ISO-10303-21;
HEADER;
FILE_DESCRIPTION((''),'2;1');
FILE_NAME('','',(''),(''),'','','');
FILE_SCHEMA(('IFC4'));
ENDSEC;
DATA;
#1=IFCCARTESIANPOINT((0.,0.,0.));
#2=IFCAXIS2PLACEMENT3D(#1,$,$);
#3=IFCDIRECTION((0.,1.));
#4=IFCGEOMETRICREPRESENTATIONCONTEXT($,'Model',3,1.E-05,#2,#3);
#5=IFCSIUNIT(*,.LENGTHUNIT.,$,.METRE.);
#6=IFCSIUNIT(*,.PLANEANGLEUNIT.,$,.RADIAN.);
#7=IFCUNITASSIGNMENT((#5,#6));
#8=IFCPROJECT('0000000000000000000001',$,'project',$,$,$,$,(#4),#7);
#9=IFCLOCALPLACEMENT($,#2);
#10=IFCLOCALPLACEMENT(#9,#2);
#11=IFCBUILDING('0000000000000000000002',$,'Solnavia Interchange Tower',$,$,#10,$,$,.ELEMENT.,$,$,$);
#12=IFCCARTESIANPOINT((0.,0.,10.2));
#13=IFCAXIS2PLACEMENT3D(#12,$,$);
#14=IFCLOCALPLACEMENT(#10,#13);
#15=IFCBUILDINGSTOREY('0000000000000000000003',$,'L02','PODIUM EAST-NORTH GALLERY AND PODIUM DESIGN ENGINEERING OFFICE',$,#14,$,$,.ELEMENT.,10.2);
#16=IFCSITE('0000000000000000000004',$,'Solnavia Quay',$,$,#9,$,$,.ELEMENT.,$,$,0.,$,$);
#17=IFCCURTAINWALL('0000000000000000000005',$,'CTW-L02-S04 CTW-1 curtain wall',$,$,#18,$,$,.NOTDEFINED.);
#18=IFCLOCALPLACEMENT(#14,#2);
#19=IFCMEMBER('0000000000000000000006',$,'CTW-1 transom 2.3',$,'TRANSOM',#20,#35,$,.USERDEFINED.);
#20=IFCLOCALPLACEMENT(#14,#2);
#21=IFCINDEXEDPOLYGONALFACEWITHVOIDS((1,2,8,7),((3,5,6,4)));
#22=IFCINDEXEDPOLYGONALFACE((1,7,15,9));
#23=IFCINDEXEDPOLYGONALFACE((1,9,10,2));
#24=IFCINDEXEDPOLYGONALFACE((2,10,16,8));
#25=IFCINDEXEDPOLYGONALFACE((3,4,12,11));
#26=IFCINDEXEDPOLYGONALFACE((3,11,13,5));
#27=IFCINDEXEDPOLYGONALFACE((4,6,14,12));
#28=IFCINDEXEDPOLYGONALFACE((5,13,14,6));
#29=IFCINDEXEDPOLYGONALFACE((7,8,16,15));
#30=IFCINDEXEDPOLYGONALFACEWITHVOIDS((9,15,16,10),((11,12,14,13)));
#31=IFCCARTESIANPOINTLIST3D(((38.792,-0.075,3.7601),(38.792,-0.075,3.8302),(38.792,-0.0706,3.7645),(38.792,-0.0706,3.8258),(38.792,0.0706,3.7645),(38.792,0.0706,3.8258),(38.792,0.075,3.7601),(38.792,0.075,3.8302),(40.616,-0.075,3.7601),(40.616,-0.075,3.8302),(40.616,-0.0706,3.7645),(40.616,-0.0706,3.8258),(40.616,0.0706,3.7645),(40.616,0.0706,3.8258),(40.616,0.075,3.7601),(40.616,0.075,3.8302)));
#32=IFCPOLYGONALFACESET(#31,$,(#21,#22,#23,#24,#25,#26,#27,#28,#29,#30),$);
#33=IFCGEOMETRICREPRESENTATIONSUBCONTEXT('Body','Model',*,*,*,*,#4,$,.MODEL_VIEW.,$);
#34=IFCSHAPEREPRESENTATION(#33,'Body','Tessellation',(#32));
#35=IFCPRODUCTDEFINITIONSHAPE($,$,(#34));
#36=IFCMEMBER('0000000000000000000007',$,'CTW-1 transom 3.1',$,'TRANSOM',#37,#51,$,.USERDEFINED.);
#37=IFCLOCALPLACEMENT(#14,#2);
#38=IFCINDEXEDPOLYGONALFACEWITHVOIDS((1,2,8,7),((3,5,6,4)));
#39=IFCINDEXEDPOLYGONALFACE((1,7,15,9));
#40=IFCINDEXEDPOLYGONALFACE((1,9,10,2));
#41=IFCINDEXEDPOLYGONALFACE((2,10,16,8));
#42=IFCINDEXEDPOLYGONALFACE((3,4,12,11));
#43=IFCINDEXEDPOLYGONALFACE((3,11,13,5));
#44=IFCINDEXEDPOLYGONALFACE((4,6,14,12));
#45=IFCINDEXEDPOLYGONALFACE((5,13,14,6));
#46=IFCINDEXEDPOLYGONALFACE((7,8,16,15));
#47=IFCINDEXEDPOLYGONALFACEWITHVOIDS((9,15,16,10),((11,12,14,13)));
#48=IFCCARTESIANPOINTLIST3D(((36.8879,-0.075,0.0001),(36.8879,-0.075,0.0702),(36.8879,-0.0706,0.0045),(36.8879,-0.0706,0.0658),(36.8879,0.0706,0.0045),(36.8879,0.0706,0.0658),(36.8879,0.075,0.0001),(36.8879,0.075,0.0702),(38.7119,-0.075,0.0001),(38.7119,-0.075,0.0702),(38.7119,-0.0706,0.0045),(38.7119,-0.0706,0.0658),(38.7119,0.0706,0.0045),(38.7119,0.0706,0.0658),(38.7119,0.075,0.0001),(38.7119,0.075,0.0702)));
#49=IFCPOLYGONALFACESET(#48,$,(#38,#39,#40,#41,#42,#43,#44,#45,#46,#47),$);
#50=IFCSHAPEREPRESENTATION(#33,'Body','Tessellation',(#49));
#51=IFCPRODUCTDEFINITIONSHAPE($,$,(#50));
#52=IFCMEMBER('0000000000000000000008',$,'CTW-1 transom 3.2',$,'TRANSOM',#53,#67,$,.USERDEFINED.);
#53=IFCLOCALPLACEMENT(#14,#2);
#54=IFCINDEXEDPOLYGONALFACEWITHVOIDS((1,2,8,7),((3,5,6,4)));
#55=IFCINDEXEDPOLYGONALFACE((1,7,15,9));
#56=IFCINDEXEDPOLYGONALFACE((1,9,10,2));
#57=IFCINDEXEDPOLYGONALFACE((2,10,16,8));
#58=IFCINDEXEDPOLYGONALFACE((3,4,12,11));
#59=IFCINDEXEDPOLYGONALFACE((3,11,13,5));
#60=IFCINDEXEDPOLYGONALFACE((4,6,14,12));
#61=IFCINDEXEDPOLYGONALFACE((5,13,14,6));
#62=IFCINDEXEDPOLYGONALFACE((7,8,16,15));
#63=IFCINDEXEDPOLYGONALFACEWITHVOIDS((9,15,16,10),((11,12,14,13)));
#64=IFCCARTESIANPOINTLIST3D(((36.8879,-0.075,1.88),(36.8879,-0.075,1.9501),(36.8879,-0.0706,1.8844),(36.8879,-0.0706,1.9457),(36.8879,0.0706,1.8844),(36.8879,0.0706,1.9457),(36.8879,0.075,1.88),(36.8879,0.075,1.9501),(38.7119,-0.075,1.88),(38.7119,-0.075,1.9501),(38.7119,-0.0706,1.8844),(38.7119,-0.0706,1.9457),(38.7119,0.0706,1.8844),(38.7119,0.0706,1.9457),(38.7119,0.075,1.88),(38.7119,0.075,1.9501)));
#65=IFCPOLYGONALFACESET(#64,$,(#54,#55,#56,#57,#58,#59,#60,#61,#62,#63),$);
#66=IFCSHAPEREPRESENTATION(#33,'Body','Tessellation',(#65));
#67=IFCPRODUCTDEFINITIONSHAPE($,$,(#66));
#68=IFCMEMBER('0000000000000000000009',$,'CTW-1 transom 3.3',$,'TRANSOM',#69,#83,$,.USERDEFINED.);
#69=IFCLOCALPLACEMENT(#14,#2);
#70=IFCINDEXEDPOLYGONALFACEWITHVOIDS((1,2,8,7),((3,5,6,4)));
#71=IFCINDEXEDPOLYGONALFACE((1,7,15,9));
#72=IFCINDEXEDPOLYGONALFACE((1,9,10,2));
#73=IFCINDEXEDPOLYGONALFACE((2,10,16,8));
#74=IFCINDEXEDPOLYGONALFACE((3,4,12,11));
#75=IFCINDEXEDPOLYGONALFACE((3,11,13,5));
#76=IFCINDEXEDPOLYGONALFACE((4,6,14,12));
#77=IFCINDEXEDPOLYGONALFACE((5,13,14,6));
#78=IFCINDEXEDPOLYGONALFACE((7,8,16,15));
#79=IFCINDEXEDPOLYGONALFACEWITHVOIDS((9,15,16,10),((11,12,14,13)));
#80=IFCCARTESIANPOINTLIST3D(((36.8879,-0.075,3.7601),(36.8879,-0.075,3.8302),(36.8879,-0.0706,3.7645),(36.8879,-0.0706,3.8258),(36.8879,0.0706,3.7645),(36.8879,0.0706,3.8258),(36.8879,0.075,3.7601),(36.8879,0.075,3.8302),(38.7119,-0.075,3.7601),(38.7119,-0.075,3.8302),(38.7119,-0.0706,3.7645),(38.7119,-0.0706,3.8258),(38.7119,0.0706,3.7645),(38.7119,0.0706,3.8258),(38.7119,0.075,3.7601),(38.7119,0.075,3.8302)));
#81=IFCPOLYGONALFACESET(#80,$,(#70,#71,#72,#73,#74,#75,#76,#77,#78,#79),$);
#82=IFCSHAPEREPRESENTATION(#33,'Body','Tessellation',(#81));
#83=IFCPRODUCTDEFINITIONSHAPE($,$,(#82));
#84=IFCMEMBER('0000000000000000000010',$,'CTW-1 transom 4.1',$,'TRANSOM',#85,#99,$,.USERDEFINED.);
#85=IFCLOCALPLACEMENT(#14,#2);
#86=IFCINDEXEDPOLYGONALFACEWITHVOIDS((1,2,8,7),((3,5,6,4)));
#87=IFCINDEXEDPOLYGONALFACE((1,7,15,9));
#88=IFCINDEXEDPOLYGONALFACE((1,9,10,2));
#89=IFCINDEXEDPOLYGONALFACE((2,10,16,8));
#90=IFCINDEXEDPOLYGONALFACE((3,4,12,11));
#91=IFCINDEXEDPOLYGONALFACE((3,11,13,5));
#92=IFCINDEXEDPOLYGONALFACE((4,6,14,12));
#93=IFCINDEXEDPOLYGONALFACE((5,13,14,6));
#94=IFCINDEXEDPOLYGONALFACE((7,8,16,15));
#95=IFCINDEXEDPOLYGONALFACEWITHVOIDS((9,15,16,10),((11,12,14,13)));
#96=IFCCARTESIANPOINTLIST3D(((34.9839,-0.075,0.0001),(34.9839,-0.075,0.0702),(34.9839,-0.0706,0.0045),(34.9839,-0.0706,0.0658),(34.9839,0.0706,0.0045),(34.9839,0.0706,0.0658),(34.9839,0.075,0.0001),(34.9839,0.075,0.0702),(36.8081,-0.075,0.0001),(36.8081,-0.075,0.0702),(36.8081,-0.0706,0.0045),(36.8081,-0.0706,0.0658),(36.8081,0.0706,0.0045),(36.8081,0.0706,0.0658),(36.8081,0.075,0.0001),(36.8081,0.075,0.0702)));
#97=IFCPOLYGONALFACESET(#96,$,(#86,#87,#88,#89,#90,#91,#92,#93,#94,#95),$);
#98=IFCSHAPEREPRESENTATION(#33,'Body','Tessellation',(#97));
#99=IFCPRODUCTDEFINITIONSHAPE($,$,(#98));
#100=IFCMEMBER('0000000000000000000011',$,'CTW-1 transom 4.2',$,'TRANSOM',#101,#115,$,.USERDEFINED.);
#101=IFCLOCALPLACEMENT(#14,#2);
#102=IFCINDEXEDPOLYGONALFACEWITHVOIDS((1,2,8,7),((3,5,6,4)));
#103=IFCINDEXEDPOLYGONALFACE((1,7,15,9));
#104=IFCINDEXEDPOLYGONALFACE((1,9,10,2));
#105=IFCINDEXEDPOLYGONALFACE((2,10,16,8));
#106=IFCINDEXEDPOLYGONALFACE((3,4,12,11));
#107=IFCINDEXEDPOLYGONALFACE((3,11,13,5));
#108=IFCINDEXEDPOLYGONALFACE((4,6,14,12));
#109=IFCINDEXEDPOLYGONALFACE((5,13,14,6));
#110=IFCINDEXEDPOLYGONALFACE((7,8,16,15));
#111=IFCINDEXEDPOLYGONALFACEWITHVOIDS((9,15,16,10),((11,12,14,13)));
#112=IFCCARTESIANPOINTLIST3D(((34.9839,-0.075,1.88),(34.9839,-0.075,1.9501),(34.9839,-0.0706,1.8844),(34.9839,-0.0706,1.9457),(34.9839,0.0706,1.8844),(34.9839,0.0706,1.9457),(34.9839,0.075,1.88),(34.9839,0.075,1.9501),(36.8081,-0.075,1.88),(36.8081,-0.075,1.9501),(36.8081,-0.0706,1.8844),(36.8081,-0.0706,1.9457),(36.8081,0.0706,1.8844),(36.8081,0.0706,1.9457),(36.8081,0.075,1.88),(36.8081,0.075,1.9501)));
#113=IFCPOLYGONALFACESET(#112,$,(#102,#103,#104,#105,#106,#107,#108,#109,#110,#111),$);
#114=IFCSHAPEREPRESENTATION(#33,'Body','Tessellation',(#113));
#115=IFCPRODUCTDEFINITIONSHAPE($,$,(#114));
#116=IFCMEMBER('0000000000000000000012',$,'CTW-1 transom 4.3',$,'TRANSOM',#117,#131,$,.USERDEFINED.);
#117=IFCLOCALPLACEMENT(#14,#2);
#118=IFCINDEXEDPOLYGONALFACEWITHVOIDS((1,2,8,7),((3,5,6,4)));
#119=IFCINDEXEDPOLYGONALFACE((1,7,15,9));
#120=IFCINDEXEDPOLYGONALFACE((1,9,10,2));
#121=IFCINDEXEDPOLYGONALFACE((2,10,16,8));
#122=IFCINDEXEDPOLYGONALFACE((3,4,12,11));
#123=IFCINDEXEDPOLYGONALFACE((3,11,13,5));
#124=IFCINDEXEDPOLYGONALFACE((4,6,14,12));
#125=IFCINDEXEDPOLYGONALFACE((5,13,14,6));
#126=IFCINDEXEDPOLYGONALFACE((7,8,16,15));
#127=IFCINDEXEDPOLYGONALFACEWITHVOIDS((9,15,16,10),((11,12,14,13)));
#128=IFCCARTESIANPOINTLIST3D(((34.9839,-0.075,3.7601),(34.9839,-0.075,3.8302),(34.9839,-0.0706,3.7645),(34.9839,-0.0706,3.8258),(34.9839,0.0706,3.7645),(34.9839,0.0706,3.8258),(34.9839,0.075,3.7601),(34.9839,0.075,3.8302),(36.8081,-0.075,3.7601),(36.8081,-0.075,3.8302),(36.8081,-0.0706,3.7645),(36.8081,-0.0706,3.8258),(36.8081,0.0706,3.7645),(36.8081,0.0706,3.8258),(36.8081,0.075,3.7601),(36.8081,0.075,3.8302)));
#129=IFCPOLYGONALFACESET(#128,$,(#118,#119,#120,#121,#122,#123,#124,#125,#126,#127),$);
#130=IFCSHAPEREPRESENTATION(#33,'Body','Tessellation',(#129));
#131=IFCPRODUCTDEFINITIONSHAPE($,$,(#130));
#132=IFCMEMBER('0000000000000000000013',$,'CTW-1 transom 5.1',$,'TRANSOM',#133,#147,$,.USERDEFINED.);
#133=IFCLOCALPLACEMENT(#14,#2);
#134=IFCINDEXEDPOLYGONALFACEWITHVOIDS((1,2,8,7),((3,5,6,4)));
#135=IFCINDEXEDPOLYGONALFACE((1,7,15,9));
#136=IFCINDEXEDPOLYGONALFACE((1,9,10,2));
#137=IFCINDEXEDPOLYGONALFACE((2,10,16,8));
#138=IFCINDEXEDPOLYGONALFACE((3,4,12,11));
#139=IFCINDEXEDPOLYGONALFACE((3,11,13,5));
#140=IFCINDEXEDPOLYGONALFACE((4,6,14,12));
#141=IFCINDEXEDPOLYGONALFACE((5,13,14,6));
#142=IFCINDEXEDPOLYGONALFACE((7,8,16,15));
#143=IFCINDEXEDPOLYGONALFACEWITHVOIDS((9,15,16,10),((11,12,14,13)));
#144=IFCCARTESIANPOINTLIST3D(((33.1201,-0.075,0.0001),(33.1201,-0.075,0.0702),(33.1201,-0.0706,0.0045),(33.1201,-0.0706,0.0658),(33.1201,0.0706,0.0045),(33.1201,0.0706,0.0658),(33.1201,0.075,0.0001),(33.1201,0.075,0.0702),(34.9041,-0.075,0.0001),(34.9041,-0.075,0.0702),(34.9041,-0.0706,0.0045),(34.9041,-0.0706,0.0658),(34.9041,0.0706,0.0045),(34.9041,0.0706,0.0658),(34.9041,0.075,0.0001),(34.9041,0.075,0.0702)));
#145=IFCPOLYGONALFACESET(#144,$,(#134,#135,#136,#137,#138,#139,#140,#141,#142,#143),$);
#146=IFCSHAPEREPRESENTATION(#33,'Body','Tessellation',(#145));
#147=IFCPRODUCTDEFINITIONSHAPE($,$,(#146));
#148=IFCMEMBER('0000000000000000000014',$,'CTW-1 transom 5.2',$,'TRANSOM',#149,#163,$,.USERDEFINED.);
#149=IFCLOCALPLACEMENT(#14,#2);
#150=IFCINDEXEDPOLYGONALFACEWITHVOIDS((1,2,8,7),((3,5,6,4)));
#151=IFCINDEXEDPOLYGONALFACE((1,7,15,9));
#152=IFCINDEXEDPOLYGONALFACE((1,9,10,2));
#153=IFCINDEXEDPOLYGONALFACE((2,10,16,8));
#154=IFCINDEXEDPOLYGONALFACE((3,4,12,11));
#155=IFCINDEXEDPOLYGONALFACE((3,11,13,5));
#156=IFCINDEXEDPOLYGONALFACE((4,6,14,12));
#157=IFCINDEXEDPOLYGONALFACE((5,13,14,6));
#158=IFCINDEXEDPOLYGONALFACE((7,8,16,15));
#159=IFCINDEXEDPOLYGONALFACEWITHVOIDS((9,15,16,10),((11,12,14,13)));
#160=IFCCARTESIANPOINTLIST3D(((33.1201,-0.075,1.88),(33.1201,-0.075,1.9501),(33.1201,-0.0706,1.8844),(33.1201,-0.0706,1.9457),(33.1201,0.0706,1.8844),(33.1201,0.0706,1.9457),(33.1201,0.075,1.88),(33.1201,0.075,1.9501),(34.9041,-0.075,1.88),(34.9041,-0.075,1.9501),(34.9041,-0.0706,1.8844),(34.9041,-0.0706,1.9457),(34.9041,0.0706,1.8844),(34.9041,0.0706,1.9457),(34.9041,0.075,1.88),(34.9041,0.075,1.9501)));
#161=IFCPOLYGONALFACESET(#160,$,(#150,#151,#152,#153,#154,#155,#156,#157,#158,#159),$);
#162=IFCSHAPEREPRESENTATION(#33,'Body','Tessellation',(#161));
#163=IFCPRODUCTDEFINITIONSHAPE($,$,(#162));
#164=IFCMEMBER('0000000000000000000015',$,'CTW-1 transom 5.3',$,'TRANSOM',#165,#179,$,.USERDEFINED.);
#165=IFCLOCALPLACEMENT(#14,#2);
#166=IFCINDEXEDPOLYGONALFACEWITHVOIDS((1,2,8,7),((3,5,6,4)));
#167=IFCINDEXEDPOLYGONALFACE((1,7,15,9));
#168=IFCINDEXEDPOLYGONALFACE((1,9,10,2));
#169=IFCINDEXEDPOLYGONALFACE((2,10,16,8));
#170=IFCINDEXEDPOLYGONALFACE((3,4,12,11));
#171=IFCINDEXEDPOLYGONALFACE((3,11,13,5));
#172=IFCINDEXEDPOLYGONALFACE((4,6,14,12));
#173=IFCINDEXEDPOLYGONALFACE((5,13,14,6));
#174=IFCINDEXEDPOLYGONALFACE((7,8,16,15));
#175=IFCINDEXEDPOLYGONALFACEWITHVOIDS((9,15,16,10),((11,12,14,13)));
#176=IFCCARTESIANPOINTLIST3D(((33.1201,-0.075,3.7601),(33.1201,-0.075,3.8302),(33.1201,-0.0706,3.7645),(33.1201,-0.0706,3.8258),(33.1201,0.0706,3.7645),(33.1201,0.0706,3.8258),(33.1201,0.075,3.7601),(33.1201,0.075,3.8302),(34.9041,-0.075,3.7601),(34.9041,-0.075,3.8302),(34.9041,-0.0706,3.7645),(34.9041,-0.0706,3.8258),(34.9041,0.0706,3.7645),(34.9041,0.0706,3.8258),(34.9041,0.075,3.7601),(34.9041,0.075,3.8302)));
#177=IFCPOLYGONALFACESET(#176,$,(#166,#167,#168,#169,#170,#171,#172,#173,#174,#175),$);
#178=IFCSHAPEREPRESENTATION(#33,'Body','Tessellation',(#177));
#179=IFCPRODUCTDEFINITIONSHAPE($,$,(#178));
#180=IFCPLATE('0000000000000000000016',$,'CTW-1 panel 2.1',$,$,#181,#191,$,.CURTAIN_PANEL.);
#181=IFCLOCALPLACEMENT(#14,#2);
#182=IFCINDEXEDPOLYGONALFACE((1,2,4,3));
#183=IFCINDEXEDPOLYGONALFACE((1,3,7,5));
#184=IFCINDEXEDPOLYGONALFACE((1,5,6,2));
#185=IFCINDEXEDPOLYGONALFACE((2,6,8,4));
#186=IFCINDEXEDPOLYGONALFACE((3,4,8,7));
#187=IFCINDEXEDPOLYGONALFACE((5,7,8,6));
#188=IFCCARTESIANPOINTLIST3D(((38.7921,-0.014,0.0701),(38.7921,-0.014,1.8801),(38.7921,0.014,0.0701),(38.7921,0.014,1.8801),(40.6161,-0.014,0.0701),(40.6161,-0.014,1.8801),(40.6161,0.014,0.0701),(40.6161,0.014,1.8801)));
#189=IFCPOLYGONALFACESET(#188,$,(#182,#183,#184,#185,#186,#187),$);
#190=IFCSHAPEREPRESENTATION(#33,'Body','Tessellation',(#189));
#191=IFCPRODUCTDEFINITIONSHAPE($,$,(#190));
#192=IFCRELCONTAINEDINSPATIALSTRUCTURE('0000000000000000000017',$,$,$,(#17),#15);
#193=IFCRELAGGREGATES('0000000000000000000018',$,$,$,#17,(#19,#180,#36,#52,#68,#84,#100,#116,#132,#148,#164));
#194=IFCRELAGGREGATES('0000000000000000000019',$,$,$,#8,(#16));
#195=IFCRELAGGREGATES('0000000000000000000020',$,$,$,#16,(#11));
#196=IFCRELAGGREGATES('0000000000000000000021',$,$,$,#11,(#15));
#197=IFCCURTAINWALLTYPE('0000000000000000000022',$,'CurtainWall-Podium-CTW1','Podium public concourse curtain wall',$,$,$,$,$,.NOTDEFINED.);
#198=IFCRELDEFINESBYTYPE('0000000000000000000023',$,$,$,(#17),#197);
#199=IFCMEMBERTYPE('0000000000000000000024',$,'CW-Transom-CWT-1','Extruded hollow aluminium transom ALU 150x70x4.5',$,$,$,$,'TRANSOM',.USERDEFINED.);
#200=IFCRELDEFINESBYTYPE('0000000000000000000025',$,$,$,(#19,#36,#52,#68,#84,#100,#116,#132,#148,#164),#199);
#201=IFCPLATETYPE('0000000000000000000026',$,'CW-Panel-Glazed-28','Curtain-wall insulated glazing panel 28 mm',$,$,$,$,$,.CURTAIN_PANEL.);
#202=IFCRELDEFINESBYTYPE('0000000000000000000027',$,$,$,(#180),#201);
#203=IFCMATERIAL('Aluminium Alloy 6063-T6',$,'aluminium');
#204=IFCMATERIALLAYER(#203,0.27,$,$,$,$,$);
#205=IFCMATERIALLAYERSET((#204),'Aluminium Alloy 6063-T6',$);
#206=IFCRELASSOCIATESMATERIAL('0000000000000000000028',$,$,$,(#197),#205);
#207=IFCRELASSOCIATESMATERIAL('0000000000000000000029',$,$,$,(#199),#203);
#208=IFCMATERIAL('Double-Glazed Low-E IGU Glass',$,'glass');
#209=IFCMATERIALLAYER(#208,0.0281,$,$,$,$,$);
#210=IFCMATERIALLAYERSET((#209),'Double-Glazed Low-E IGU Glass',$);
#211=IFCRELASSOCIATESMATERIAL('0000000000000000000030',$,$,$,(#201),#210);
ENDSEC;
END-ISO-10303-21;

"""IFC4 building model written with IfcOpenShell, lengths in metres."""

from ifc_helpers import new_model, si_unit, direction, frame, origin, origin_2d, place, context, subcontext, project, spatial, rectangle, hollow_rectangle, extrude, material, layer, layer_set, material_profile, profile_set, type_object, element, aggregate, save


model = new_model("IFC4")

# Units and contexts
model_context = context("Model", 3, precision=1e-05, world=origin(), true_north=direction((0.0, 1.0)))
body_context = subcontext(model_context, "Body", "Model", "MODEL_VIEW")
ifc_project = project(units=[si_unit("LENGTHUNIT", "METRE"), si_unit("PLANEANGLEUNIT", "RADIAN")], contexts=[model_context])

# Site, building, storey
site_placement = place(None, origin())
site = spatial("IfcSite", under=ifc_project, at=site_placement, Name="Solnavia Quay", CompositionType="ELEMENT", RefElevation=0.0)
building_placement = place(site_placement, origin())
building = spatial("IfcBuilding", under=site, at=building_placement, Name="Solnavia Interchange Tower", CompositionType="ELEMENT")
storey_placement = place(building_placement, frame((0.0, 0.0, 10.2)))
storey = spatial("IfcBuildingStorey", under=building, at=storey_placement, Name="L02", Description="PODIUM EAST-NORTH GALLERY AND PODIUM DESIGN ENGINEERING OFFICE", CompositionType="ELEMENT", Elevation=10.2)

# Curtain wall, members, plate
ifc_material_1 = material(Name="Aluminium Alloy 6063-T6", Category="aluminium")
ifc_layer_1 = layer(ifc_material_1, 0.27)
ifc_layer_set_1 = layer_set([ifc_layer_1], Name="Aluminium Alloy 6063-T6")
curtain_wall_type = type_object("IfcCurtainWallType", Name="CurtainWall-Podium-CTW1", Description="Podium public concourse curtain wall", PredefinedType="NOTDEFINED", material=ifc_layer_set_1)
curtain_wall_placement = place(storey_placement, origin())
curtain_wall = element("IfcCurtainWall", 1, at=curtain_wall_placement, inside=storey, type_object=curtain_wall_type, Name="CTW-L02-S04 CTW-1 curtain wall", PredefinedType="NOTDEFINED")
ifc_material_profile_1 = material_profile(ifc_material_1, hollow_rectangle(XDim=0.0701, YDim=0.1499, WallThickness=0.0044, at=origin_2d()), Name="ALU 150x70x4.5")
ifc_profile_set_1 = profile_set([ifc_material_profile_1], Name="Aluminium Alloy 6063-T6")
member_type_1 = type_object("IfcMemberType", Name="CW-Transom-CWT-1", Description="Extruded hollow aluminium transom ALU 150x70x4.5", ElementType="TRANSOM", PredefinedType="USERDEFINED", material=ifc_profile_set_1)
member_1_placement = place(storey_placement, frame((40.616, 0.0, 3.7952), z_axis=(-1.0, 0.0, 0.0), x_axis=(0.0, 0.0, 1.0)))
member_1 = element("IfcMember", 2, at=member_1_placement, type_object=member_type_1, Name="CTW-1 transom 2.3", ObjectType="TRANSOM", PredefinedType="USERDEFINED", context=body_context, shape_type="SweptSolid", body=[
    extrude(hollow_rectangle(XDim=0.0701, YDim=0.1499, WallThickness=0.0044, at=origin_2d()), origin(), (0.0, 0.0, 1.0), 1.824),
])
member_2_placement = place(storey_placement, frame((38.7119, 0.0, 0.0352), z_axis=(-1.0, 0.0, 0.0), x_axis=(0.0, 0.0, 1.0)))
member_2 = element("IfcMember", 3, at=member_2_placement, type_object=member_type_1, Name="CTW-1 transom 3.1", ObjectType="TRANSOM", PredefinedType="USERDEFINED", context=body_context, shape_type="SweptSolid", body=[
    extrude(hollow_rectangle(XDim=0.0701, YDim=0.1499, WallThickness=0.0044, at=origin_2d()), origin(), (0.0, 0.0, 1.0), 1.824),
])
member_3_placement = place(storey_placement, frame((38.7119, 0.0, 1.915), z_axis=(-1.0, 0.0, 0.0), x_axis=(0.0, 0.0, 1.0)))
member_3 = element("IfcMember", 4, at=member_3_placement, type_object=member_type_1, Name="CTW-1 transom 3.2", ObjectType="TRANSOM", PredefinedType="USERDEFINED", context=body_context, shape_type="SweptSolid", body=[
    extrude(hollow_rectangle(XDim=0.0701, YDim=0.1499, WallThickness=0.0044, at=origin_2d()), origin(), (0.0, 0.0, 1.0), 1.824),
])
member_4_placement = place(storey_placement, frame((38.7119, 0.0, 3.7952), z_axis=(-1.0, 0.0, 0.0), x_axis=(0.0, 0.0, 1.0)))
member_4 = element("IfcMember", 5, at=member_4_placement, type_object=member_type_1, Name="CTW-1 transom 3.3", ObjectType="TRANSOM", PredefinedType="USERDEFINED", context=body_context, shape_type="SweptSolid", body=[
    extrude(hollow_rectangle(XDim=0.0701, YDim=0.1499, WallThickness=0.0044, at=origin_2d()), origin(), (0.0, 0.0, 1.0), 1.824),
])
member_5_placement = place(storey_placement, frame((36.8081, 0.0, 0.0352), z_axis=(-1.0, 0.0, 0.0), x_axis=(0.0, 0.0, 1.0)))
member_5 = element("IfcMember", 6, at=member_5_placement, type_object=member_type_1, Name="CTW-1 transom 4.1", ObjectType="TRANSOM", PredefinedType="USERDEFINED", context=body_context, shape_type="SweptSolid", body=[
    extrude(hollow_rectangle(XDim=0.0701, YDim=0.1499, WallThickness=0.0044, at=origin_2d()), origin(), (0.0, 0.0, 1.0), 1.8242),
])
member_6_placement = place(storey_placement, frame((36.8081, 0.0, 1.915), z_axis=(-1.0, 0.0, 0.0), x_axis=(0.0, 0.0, 1.0)))
member_6 = element("IfcMember", 7, at=member_6_placement, type_object=member_type_1, Name="CTW-1 transom 4.2", ObjectType="TRANSOM", PredefinedType="USERDEFINED", context=body_context, shape_type="SweptSolid", body=[
    extrude(hollow_rectangle(XDim=0.0701, YDim=0.1499, WallThickness=0.0044, at=origin_2d()), origin(), (0.0, 0.0, 1.0), 1.8242),
])
member_7_placement = place(storey_placement, frame((36.8081, 0.0, 3.7952), z_axis=(-1.0, 0.0, 0.0), x_axis=(0.0, 0.0, 1.0)))
member_7 = element("IfcMember", 8, at=member_7_placement, type_object=member_type_1, Name="CTW-1 transom 4.3", ObjectType="TRANSOM", PredefinedType="USERDEFINED", context=body_context, shape_type="SweptSolid", body=[
    extrude(hollow_rectangle(XDim=0.0701, YDim=0.1499, WallThickness=0.0044, at=origin_2d()), origin(), (0.0, 0.0, 1.0), 1.8242),
])
member_8_placement = place(storey_placement, frame((34.9041, 0.0, 0.0352), z_axis=(-1.0, 0.0, 0.0), x_axis=(0.0, 0.0, 1.0)))
member_8 = element("IfcMember", 9, at=member_8_placement, type_object=member_type_1, Name="CTW-1 transom 5.1", ObjectType="TRANSOM", PredefinedType="USERDEFINED", context=body_context, shape_type="SweptSolid", body=[
    extrude(hollow_rectangle(XDim=0.0701, YDim=0.1499, WallThickness=0.0044, at=origin_2d()), origin(), (0.0, 0.0, 1.0), 1.7839),
])
member_9_placement = place(storey_placement, frame((34.9041, 0.0, 1.915), z_axis=(-1.0, 0.0, 0.0), x_axis=(0.0, 0.0, 1.0)))
member_9 = element("IfcMember", 10, at=member_9_placement, type_object=member_type_1, Name="CTW-1 transom 5.2", ObjectType="TRANSOM", PredefinedType="USERDEFINED", context=body_context, shape_type="SweptSolid", body=[
    extrude(hollow_rectangle(XDim=0.0701, YDim=0.1499, WallThickness=0.0044, at=origin_2d()), origin(), (0.0, 0.0, 1.0), 1.7839),
])
member_10_placement = place(storey_placement, frame((34.9041, 0.0, 3.7952), z_axis=(-1.0, 0.0, 0.0), x_axis=(0.0, 0.0, 1.0)))
member_10 = element("IfcMember", 11, at=member_10_placement, type_object=member_type_1, Name="CTW-1 transom 5.3", ObjectType="TRANSOM", PredefinedType="USERDEFINED", context=body_context, shape_type="SweptSolid", body=[
    extrude(hollow_rectangle(XDim=0.0701, YDim=0.1499, WallThickness=0.0044, at=origin_2d()), origin(), (0.0, 0.0, 1.0), 1.7839),
])
ifc_material_2 = material(Name="Double-Glazed Low-E IGU Glass", Category="glass")
ifc_layer_2 = layer(ifc_material_2, 0.0281)
ifc_layer_set_2 = layer_set([ifc_layer_2], Name="Double-Glazed Low-E IGU Glass")
plate_type = type_object("IfcPlateType", Name="CW-Panel-Glazed-28", Description="Curtain-wall insulated glazing panel 28 mm", PredefinedType="CURTAIN_PANEL", material=ifc_layer_set_2)
plate_1_placement = place(storey_placement, frame((39.7041, 0.0, 0.0701), z_axis=(0.0, 0.0, 1.0), x_axis=(-1.0, 0.0, 0.0)))
plate_1 = element("IfcPlate", 12, at=plate_1_placement, type_object=plate_type, Name="CTW-1 panel 2.1", PredefinedType="CURTAIN_PANEL", context=body_context, shape_type="SweptSolid", body=[
    extrude(rectangle(XDim=1.824, YDim=0.0281, at=origin_2d()), origin(), (0.0, 0.0, 1.0), 1.8101),
])
aggregate(curtain_wall, [member_1, plate_1, member_2, member_3, member_4, member_5, member_6, member_7, member_8, member_9, member_10])

save(model, "model.ifc")
